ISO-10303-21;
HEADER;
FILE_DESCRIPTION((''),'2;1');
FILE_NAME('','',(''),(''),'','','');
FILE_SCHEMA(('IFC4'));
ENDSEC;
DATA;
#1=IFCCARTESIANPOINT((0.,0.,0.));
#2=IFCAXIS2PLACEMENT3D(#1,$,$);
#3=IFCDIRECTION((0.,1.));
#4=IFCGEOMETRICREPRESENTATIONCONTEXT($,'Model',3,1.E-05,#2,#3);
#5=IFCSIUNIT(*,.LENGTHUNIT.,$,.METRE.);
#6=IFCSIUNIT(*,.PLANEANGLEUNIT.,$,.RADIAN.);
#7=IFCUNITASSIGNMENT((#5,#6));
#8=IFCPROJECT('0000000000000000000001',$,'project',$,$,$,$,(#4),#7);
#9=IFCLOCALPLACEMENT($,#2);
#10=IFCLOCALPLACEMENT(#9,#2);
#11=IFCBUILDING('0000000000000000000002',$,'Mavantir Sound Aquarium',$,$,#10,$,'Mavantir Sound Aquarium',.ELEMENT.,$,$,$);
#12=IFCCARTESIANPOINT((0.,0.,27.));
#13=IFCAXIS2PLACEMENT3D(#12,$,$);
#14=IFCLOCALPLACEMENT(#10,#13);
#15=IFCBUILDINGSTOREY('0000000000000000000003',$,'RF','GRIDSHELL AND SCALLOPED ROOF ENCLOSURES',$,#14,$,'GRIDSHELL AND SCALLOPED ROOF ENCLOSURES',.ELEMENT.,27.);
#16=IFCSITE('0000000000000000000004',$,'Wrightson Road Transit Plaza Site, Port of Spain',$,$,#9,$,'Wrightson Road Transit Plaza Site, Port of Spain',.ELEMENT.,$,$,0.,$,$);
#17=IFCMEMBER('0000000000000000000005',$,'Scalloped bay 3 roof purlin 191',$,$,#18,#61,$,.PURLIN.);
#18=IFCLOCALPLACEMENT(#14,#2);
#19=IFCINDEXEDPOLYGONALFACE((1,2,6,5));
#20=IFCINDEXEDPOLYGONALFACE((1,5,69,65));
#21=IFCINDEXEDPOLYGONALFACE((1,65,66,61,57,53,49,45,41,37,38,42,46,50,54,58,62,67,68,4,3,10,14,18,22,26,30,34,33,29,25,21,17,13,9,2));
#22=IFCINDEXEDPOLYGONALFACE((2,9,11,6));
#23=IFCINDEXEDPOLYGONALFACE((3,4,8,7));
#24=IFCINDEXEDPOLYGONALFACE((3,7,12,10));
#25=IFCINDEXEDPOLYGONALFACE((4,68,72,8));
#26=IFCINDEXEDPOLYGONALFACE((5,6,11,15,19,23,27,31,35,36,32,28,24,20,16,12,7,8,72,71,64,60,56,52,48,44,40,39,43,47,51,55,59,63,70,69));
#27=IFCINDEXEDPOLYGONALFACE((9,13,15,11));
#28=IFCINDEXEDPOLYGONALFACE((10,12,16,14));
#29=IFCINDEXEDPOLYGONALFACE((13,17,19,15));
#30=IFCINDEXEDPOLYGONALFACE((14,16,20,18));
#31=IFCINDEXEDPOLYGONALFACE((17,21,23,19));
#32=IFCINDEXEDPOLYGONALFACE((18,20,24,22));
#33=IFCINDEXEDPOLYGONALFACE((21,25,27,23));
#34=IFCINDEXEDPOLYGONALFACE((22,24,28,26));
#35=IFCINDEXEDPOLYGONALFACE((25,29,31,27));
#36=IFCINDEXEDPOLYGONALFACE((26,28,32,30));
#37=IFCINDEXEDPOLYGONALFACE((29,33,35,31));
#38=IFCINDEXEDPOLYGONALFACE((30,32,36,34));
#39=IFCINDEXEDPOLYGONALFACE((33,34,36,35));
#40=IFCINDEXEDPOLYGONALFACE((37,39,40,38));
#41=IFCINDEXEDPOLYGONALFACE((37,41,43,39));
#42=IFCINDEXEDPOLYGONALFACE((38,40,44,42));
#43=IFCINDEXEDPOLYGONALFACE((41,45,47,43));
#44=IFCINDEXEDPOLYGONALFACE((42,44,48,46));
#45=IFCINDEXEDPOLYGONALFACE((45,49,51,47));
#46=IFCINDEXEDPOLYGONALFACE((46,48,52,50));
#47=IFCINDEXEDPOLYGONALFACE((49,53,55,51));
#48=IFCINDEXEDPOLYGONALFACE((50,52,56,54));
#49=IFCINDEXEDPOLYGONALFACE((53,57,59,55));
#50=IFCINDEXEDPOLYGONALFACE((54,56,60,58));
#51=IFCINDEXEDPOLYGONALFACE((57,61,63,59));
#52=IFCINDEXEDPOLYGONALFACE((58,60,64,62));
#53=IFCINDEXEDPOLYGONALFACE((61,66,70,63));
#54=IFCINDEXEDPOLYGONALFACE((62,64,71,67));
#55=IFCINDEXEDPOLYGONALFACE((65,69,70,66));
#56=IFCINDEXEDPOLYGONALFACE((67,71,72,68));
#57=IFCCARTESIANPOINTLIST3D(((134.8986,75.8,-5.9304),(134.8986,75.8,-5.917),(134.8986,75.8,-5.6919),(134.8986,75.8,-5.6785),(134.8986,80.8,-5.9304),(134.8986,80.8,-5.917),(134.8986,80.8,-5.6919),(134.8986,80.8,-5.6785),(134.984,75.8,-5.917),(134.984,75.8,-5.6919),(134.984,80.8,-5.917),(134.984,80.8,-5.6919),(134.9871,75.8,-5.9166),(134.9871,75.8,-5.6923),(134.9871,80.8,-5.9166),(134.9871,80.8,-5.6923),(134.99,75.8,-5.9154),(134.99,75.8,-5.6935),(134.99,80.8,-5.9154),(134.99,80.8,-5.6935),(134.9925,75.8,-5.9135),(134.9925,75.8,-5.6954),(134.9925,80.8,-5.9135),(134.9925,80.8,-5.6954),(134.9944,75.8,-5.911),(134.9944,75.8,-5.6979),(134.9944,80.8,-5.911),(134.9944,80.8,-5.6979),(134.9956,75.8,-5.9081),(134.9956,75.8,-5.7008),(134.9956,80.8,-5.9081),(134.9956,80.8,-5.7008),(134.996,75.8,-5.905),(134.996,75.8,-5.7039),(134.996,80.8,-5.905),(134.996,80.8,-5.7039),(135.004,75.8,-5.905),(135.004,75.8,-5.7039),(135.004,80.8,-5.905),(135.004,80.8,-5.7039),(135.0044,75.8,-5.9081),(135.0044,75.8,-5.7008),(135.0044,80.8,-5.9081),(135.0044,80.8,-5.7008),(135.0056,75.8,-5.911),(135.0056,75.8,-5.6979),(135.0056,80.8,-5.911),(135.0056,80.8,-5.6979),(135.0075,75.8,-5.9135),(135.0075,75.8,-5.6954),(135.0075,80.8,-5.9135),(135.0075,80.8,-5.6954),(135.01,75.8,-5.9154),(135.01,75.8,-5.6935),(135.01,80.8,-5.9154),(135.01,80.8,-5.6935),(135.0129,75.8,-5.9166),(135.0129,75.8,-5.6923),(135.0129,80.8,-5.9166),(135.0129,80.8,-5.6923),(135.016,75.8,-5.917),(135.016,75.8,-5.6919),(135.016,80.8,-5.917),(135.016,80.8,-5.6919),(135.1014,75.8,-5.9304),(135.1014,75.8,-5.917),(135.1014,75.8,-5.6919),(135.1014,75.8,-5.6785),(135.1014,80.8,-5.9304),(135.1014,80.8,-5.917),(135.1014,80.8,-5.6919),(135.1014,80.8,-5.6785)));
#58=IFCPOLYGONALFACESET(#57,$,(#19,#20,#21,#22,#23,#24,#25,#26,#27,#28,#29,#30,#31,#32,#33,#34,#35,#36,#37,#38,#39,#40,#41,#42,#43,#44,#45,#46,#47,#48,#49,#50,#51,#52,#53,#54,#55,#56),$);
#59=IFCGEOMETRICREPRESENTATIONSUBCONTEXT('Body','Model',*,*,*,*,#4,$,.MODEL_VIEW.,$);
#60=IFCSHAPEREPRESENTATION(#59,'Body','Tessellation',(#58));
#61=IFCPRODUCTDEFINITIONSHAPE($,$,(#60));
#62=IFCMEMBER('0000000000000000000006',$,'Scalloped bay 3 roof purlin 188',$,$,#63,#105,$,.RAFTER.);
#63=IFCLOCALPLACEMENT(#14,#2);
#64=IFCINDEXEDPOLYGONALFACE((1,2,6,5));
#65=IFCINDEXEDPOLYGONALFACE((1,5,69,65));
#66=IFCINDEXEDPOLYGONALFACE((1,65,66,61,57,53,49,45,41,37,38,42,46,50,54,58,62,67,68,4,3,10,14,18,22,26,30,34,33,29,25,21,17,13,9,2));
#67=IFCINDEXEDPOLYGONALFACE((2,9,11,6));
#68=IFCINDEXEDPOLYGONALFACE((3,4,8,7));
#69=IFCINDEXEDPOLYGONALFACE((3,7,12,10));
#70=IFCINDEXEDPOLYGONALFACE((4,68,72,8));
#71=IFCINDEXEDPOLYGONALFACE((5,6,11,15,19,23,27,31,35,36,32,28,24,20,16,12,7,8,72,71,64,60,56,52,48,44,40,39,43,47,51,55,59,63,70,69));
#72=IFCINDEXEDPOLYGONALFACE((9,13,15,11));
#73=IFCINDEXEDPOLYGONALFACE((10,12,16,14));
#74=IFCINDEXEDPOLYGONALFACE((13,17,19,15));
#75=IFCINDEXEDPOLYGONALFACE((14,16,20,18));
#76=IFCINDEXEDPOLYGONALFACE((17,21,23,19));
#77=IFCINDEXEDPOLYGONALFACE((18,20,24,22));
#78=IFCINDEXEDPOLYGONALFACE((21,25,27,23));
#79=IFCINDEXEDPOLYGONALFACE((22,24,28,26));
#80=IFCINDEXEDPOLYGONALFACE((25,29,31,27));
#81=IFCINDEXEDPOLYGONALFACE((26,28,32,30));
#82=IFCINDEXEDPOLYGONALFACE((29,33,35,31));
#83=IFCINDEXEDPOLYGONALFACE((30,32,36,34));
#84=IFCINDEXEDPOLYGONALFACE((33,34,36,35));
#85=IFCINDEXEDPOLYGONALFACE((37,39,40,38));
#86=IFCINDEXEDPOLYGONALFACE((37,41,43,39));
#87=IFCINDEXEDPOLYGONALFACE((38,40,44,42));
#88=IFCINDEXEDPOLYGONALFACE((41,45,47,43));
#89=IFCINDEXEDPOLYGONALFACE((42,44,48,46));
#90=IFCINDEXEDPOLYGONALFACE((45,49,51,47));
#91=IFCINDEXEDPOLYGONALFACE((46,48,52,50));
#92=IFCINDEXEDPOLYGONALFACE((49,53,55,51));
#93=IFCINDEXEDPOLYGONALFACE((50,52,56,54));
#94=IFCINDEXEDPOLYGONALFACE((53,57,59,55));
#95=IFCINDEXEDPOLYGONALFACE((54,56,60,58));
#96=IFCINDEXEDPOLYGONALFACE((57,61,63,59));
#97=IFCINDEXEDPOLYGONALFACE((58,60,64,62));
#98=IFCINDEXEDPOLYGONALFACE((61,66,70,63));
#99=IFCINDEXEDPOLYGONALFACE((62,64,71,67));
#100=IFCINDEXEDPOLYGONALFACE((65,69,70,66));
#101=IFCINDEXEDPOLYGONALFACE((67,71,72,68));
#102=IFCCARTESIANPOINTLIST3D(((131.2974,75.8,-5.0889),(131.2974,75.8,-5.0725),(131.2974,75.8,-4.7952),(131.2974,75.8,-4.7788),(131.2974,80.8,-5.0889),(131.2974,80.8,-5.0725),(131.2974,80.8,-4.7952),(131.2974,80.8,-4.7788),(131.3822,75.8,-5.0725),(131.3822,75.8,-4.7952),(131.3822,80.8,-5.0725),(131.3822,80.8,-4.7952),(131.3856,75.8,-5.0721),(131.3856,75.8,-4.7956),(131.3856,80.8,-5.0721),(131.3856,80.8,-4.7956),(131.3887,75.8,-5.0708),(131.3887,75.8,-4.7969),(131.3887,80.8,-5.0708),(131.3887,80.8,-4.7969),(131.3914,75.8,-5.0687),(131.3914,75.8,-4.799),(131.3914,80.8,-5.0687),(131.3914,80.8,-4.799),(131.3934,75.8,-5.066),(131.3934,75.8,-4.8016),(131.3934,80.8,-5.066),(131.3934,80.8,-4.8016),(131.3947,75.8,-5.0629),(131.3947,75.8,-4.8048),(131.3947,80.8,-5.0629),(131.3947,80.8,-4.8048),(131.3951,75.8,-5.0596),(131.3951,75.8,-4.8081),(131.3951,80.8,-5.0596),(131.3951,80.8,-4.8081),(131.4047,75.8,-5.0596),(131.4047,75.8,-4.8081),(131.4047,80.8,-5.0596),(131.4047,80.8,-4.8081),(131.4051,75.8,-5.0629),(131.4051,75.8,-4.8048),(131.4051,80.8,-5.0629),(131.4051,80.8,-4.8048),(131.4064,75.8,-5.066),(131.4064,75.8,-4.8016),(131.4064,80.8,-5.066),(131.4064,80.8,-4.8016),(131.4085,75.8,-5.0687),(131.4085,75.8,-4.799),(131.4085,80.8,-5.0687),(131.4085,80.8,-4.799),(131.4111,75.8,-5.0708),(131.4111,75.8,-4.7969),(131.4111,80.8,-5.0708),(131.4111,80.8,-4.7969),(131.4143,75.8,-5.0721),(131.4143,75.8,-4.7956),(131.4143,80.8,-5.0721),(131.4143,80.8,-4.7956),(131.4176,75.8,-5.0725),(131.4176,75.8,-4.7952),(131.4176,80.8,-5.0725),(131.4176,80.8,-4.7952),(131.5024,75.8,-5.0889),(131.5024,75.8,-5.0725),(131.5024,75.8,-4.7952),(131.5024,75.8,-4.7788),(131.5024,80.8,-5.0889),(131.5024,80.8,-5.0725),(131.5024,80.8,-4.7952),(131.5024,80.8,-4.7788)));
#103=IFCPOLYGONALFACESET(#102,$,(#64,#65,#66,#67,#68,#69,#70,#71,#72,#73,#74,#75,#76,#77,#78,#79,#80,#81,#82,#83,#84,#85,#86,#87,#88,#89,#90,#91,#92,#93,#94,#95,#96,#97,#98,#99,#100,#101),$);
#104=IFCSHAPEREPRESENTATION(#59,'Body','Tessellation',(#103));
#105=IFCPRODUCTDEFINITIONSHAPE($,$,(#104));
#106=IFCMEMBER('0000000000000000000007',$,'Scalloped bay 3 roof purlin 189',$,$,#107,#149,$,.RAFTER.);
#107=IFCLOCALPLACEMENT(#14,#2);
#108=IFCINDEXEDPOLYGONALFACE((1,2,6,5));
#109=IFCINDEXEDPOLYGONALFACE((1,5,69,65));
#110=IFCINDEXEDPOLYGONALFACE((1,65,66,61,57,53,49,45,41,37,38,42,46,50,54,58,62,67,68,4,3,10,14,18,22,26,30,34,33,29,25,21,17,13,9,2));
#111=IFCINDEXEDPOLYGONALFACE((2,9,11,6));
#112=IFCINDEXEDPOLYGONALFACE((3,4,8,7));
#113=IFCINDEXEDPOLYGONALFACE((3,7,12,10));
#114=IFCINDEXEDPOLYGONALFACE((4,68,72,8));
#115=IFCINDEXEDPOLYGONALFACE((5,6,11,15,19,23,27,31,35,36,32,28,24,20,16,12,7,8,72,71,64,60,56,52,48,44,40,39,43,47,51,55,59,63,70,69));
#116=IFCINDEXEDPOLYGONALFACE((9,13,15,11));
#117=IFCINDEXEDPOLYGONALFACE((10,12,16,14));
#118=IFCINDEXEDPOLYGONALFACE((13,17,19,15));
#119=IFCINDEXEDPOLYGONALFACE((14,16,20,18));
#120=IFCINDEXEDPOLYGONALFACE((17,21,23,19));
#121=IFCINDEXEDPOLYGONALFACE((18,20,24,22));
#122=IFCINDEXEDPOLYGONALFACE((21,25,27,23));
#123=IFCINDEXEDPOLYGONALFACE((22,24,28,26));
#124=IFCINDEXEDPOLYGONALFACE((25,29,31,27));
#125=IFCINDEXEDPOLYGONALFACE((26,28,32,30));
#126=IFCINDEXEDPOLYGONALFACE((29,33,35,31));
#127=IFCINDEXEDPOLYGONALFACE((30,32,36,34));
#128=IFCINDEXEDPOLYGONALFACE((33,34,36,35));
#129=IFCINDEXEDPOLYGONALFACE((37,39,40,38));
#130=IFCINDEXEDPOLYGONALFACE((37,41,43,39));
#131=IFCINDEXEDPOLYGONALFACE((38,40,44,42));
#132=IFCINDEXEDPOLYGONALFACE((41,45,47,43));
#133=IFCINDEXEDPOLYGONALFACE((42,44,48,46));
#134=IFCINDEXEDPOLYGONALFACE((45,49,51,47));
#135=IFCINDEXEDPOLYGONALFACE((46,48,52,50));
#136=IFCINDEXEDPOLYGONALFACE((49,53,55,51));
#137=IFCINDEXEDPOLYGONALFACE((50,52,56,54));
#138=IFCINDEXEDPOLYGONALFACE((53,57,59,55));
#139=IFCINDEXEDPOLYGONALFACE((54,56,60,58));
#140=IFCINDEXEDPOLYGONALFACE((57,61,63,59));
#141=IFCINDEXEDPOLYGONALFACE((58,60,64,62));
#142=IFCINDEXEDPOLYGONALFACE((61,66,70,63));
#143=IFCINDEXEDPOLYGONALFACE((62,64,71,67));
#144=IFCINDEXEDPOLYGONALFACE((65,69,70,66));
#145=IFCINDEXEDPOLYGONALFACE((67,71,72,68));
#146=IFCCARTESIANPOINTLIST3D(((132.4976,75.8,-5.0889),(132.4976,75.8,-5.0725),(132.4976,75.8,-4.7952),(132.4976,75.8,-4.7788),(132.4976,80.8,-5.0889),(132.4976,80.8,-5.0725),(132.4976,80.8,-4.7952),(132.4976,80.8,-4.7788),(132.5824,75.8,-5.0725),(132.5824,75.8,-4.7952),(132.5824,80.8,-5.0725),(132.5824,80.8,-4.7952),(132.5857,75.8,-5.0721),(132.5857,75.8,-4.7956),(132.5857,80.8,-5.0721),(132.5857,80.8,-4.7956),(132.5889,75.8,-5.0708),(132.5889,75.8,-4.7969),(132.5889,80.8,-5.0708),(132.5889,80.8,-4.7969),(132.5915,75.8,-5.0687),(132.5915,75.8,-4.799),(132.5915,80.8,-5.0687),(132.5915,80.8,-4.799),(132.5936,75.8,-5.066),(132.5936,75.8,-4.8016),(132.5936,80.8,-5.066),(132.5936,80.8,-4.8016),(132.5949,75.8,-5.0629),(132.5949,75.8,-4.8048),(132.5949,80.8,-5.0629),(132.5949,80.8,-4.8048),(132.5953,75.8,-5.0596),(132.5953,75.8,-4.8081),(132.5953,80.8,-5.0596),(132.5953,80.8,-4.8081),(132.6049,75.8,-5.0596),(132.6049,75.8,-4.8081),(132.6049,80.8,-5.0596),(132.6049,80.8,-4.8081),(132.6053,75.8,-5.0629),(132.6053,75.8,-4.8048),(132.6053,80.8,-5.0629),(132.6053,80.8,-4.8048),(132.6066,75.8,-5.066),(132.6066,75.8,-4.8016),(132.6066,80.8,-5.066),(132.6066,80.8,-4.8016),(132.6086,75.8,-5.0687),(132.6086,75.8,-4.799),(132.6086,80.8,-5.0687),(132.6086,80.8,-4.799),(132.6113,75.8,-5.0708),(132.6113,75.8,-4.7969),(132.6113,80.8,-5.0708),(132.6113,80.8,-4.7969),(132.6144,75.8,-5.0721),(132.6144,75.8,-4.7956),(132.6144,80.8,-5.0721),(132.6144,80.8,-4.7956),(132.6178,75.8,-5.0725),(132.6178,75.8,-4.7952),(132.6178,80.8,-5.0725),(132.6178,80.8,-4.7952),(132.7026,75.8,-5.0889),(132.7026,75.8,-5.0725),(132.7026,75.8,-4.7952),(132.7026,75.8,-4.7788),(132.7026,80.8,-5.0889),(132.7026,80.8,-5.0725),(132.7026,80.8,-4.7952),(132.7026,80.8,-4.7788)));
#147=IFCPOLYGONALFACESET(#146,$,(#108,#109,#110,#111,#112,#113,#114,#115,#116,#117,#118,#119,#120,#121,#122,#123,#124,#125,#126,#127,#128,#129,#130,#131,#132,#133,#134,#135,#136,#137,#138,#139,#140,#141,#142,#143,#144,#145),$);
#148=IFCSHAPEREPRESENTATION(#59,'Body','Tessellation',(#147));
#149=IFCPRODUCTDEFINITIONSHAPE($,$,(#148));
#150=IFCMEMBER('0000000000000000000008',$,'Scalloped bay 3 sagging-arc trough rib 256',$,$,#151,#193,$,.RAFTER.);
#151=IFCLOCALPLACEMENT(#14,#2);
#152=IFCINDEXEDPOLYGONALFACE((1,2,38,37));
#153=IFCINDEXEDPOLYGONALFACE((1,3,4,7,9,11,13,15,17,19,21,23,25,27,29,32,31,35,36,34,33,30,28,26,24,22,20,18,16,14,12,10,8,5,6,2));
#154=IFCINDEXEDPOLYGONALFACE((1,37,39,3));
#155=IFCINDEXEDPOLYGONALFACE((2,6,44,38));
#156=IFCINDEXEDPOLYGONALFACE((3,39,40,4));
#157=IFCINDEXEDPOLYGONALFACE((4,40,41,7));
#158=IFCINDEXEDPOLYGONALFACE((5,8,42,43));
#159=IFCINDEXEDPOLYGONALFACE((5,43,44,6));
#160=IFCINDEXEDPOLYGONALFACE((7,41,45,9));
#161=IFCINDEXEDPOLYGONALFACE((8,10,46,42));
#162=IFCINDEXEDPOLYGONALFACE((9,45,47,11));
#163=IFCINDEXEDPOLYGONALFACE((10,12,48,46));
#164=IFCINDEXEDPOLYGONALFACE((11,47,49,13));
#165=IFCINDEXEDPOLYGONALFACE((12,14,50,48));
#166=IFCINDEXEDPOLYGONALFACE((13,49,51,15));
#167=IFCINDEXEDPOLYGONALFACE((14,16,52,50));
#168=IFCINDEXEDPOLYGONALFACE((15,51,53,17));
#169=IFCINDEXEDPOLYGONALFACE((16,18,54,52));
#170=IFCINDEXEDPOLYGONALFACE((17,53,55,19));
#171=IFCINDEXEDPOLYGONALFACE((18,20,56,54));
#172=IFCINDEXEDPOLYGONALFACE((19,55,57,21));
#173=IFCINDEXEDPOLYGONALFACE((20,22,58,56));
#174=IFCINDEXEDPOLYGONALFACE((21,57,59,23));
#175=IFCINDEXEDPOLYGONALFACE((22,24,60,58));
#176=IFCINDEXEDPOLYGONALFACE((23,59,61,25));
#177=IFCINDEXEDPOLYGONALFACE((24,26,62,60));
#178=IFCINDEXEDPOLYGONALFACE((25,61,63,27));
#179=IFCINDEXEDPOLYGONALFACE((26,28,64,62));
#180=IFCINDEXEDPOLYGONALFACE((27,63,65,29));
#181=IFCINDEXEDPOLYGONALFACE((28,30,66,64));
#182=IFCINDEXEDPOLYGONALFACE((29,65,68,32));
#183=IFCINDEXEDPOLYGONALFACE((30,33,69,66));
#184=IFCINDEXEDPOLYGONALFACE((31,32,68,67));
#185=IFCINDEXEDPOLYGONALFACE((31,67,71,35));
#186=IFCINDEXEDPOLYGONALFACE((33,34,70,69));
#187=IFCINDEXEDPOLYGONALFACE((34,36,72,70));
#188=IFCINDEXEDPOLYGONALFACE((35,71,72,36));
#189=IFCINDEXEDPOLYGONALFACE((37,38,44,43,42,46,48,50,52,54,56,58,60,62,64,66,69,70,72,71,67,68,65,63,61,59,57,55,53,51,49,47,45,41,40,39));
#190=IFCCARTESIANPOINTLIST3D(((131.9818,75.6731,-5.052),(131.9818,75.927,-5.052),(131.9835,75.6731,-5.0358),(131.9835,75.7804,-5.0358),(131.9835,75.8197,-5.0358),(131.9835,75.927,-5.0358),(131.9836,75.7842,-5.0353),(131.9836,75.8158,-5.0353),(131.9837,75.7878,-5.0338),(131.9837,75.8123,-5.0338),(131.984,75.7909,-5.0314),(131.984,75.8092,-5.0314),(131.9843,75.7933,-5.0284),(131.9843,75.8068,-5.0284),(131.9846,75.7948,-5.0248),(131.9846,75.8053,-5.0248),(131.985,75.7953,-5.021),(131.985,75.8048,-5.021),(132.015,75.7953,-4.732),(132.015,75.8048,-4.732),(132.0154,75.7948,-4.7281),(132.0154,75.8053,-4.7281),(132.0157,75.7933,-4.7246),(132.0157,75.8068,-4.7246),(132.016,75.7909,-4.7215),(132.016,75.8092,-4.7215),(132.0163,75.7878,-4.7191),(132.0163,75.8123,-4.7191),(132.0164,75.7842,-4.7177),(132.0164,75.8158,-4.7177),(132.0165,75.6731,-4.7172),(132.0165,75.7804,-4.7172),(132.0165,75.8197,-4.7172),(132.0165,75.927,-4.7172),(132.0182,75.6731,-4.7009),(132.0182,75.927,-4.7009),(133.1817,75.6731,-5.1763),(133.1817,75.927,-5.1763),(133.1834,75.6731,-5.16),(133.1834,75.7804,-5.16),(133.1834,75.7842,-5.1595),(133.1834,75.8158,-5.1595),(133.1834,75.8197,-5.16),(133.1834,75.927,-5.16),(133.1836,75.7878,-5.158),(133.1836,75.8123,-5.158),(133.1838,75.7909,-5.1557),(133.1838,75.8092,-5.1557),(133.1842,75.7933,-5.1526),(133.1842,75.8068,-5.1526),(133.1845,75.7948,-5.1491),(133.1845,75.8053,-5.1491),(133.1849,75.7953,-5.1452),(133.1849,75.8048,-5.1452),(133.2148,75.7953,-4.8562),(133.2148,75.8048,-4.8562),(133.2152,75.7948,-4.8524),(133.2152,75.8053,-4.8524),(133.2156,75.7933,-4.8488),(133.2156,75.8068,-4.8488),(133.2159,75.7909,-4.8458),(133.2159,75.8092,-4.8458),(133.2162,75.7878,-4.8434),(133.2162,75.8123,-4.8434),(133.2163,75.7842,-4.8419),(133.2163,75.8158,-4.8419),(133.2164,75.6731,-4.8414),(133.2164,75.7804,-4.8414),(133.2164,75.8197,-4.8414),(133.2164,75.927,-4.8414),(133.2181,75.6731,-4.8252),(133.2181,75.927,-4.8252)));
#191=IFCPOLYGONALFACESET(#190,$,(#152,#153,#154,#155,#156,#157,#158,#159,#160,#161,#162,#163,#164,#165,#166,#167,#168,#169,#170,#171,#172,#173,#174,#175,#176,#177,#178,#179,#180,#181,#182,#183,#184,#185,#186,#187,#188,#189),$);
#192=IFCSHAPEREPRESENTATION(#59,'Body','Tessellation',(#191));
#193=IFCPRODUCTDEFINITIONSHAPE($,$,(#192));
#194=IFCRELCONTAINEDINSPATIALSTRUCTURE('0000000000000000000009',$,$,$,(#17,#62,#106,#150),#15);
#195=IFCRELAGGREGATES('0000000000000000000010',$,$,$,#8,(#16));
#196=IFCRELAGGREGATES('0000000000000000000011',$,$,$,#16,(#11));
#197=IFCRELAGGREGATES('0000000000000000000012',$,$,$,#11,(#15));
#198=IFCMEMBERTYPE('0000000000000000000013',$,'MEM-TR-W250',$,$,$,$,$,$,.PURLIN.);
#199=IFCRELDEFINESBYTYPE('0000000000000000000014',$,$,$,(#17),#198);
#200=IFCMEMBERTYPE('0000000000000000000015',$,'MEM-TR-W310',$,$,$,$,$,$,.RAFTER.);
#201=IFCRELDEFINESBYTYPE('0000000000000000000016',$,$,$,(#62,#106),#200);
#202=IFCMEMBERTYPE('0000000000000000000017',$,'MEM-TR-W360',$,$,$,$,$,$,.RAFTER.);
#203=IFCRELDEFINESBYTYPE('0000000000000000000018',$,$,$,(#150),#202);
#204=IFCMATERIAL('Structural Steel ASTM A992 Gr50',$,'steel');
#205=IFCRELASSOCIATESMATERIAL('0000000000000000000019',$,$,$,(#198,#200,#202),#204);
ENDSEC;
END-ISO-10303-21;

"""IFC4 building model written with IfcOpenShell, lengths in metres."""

from ifc_helpers import new_model, si_unit, direction, frame, origin, origin_2d, place, context, subcontext, project, spatial, i_section, extrude, material, material_profile, profile_set, type_object, element, save


model = new_model("IFC4")

# Units and contexts
model_context = context("Model", 3, precision=1e-05, world=origin(), true_north=direction((0.0, 1.0)))
body_context = subcontext(model_context, "Body", "Model", "MODEL_VIEW")
ifc_project = project(units=[si_unit("LENGTHUNIT", "METRE"), si_unit("PLANEANGLEUNIT", "RADIAN")], contexts=[model_context])

# Site, building, storey
site_placement = place(None, origin())
site = spatial("IfcSite", under=ifc_project, at=site_placement, Name="Wrightson Road Transit Plaza Site, Port of Spain", LongName="Wrightson Road Transit Plaza Site, Port of Spain", CompositionType="ELEMENT", RefElevation=0.0)
building_placement = place(site_placement, origin())
building = spatial("IfcBuilding", under=site, at=building_placement, Name="Mavantir Sound Aquarium", LongName="Mavantir Sound Aquarium", CompositionType="ELEMENT")
storey_placement = place(building_placement, frame((0.0, 0.0, 27.0)))
storey = spatial("IfcBuildingStorey", under=building, at=storey_placement, Name="RF", Description="GRIDSHELL AND SCALLOPED ROOF ENCLOSURES", LongName="GRIDSHELL AND SCALLOPED ROOF ENCLOSURES", CompositionType="ELEMENT", Elevation=27.0)

# Shared definitions
ifc_material_1 = material(Name="Structural Steel ASTM A992 Gr50", Category="steel")

# Members
ifc_material_profile_1 = material_profile(ifc_material_1, i_section(OverallWidth=0.2029, OverallDepth=0.252, WebThickness=0.0081, FlangeThickness=0.0134, FilletRadius=0.012, at=origin_2d()), Name="W250X58")
ifc_profile_set_1 = profile_set([ifc_material_profile_1], Name="Structural Steel ASTM A992 Gr50")
member_type_1 = type_object("IfcMemberType", Name="MEM-TR-W250", PredefinedType="PURLIN", material=ifc_profile_set_1)
member_1_placement = place(storey_placement, frame((135.0, 75.8, -5.8044), z_axis=(0.0, 1.0, 0.0), x_axis=(-1.0, 0.0, 0.0)))
element("IfcMember", 1, at=member_1_placement, inside=storey, type_object=member_type_1, Name="Scalloped bay 3 roof purlin 191", PredefinedType="PURLIN", context=body_context, shape_type="SweptSolid", body=[
    extrude(i_section(OverallWidth=0.2029, OverallDepth=0.252, WebThickness=0.0081, FlangeThickness=0.0134, FilletRadius=0.012, at=origin_2d()), origin(), (0.0, 0.0, 1.0), 5.0),
])
ifc_material_profile_2 = material_profile(ifc_material_1, i_section(OverallWidth=0.2051, OverallDepth=0.3101, WebThickness=0.0095, FlangeThickness=0.0164, FilletRadius=0.0129, at=origin_2d()), Name="W310X74")
ifc_profile_set_2 = profile_set([ifc_material_profile_2], Name="Structural Steel ASTM A992 Gr50")
member_type_2 = type_object("IfcMemberType", Name="MEM-TR-W310", PredefinedType="RAFTER", material=ifc_profile_set_2)
for number, where, z_axis, x_axis, name in (
    (2, (131.3999, 75.8, -4.9338), (0.0, 1.0, 0.0), (-1.0, 0.0, 0.0), "Scalloped bay 3 roof purlin 188"),
    (3, (132.6001, 75.8, -4.9338), (0.0, 1.0, 0.0), (-1.0, 0.0, 0.0), "Scalloped bay 3 roof purlin 189"),
):
    element("IfcMember", number, at=place(storey_placement, frame(where, z_axis=z_axis, x_axis=x_axis)), inside=storey, type_object=member_type_2, Name=name, PredefinedType="RAFTER", context=body_context, shape_type="SweptSolid", body=[
        extrude(i_section(OverallWidth=0.2051, OverallDepth=0.3101, WebThickness=0.0095, FlangeThickness=0.0164, FilletRadius=0.0129, at=origin_2d()), origin(), (0.0, 0.0, 1.0), 5.0),
    ])
ifc_material_profile_3 = material_profile(ifc_material_1, i_section(OverallWidth=0.2539, OverallDepth=0.353, WebThickness=0.0095, FlangeThickness=0.0164, FilletRadius=0.0149, at=origin_2d()), Name="W360X91")
ifc_profile_set_3 = profile_set([ifc_material_profile_3], Name="Structural Steel ASTM A992 Gr50")
member_type_3 = type_object("IfcMemberType", Name="MEM-TR-W360", PredefinedType="RAFTER", material=ifc_profile_set_3)
member_2_placement = place(storey_placement, frame((132.0, 75.8, -4.8765), z_axis=(0.99468, 0.0, -0.10301), x_axis=(0.0, 1.0, 0.0)))
element("IfcMember", 4, at=member_2_placement, inside=storey, type_object=member_type_3, Name="Scalloped bay 3 sagging-arc trough rib 256", PredefinedType="RAFTER", context=body_context, shape_type="SweptSolid", body=[
    extrude(i_section(OverallWidth=0.2539, OverallDepth=0.353, WebThickness=0.0095, FlangeThickness=0.0164, FilletRadius=0.0149, at=origin_2d()), origin(), (0.0, 0.0, 1.0), 1.2063),
])

save(model, "model.ifc")
